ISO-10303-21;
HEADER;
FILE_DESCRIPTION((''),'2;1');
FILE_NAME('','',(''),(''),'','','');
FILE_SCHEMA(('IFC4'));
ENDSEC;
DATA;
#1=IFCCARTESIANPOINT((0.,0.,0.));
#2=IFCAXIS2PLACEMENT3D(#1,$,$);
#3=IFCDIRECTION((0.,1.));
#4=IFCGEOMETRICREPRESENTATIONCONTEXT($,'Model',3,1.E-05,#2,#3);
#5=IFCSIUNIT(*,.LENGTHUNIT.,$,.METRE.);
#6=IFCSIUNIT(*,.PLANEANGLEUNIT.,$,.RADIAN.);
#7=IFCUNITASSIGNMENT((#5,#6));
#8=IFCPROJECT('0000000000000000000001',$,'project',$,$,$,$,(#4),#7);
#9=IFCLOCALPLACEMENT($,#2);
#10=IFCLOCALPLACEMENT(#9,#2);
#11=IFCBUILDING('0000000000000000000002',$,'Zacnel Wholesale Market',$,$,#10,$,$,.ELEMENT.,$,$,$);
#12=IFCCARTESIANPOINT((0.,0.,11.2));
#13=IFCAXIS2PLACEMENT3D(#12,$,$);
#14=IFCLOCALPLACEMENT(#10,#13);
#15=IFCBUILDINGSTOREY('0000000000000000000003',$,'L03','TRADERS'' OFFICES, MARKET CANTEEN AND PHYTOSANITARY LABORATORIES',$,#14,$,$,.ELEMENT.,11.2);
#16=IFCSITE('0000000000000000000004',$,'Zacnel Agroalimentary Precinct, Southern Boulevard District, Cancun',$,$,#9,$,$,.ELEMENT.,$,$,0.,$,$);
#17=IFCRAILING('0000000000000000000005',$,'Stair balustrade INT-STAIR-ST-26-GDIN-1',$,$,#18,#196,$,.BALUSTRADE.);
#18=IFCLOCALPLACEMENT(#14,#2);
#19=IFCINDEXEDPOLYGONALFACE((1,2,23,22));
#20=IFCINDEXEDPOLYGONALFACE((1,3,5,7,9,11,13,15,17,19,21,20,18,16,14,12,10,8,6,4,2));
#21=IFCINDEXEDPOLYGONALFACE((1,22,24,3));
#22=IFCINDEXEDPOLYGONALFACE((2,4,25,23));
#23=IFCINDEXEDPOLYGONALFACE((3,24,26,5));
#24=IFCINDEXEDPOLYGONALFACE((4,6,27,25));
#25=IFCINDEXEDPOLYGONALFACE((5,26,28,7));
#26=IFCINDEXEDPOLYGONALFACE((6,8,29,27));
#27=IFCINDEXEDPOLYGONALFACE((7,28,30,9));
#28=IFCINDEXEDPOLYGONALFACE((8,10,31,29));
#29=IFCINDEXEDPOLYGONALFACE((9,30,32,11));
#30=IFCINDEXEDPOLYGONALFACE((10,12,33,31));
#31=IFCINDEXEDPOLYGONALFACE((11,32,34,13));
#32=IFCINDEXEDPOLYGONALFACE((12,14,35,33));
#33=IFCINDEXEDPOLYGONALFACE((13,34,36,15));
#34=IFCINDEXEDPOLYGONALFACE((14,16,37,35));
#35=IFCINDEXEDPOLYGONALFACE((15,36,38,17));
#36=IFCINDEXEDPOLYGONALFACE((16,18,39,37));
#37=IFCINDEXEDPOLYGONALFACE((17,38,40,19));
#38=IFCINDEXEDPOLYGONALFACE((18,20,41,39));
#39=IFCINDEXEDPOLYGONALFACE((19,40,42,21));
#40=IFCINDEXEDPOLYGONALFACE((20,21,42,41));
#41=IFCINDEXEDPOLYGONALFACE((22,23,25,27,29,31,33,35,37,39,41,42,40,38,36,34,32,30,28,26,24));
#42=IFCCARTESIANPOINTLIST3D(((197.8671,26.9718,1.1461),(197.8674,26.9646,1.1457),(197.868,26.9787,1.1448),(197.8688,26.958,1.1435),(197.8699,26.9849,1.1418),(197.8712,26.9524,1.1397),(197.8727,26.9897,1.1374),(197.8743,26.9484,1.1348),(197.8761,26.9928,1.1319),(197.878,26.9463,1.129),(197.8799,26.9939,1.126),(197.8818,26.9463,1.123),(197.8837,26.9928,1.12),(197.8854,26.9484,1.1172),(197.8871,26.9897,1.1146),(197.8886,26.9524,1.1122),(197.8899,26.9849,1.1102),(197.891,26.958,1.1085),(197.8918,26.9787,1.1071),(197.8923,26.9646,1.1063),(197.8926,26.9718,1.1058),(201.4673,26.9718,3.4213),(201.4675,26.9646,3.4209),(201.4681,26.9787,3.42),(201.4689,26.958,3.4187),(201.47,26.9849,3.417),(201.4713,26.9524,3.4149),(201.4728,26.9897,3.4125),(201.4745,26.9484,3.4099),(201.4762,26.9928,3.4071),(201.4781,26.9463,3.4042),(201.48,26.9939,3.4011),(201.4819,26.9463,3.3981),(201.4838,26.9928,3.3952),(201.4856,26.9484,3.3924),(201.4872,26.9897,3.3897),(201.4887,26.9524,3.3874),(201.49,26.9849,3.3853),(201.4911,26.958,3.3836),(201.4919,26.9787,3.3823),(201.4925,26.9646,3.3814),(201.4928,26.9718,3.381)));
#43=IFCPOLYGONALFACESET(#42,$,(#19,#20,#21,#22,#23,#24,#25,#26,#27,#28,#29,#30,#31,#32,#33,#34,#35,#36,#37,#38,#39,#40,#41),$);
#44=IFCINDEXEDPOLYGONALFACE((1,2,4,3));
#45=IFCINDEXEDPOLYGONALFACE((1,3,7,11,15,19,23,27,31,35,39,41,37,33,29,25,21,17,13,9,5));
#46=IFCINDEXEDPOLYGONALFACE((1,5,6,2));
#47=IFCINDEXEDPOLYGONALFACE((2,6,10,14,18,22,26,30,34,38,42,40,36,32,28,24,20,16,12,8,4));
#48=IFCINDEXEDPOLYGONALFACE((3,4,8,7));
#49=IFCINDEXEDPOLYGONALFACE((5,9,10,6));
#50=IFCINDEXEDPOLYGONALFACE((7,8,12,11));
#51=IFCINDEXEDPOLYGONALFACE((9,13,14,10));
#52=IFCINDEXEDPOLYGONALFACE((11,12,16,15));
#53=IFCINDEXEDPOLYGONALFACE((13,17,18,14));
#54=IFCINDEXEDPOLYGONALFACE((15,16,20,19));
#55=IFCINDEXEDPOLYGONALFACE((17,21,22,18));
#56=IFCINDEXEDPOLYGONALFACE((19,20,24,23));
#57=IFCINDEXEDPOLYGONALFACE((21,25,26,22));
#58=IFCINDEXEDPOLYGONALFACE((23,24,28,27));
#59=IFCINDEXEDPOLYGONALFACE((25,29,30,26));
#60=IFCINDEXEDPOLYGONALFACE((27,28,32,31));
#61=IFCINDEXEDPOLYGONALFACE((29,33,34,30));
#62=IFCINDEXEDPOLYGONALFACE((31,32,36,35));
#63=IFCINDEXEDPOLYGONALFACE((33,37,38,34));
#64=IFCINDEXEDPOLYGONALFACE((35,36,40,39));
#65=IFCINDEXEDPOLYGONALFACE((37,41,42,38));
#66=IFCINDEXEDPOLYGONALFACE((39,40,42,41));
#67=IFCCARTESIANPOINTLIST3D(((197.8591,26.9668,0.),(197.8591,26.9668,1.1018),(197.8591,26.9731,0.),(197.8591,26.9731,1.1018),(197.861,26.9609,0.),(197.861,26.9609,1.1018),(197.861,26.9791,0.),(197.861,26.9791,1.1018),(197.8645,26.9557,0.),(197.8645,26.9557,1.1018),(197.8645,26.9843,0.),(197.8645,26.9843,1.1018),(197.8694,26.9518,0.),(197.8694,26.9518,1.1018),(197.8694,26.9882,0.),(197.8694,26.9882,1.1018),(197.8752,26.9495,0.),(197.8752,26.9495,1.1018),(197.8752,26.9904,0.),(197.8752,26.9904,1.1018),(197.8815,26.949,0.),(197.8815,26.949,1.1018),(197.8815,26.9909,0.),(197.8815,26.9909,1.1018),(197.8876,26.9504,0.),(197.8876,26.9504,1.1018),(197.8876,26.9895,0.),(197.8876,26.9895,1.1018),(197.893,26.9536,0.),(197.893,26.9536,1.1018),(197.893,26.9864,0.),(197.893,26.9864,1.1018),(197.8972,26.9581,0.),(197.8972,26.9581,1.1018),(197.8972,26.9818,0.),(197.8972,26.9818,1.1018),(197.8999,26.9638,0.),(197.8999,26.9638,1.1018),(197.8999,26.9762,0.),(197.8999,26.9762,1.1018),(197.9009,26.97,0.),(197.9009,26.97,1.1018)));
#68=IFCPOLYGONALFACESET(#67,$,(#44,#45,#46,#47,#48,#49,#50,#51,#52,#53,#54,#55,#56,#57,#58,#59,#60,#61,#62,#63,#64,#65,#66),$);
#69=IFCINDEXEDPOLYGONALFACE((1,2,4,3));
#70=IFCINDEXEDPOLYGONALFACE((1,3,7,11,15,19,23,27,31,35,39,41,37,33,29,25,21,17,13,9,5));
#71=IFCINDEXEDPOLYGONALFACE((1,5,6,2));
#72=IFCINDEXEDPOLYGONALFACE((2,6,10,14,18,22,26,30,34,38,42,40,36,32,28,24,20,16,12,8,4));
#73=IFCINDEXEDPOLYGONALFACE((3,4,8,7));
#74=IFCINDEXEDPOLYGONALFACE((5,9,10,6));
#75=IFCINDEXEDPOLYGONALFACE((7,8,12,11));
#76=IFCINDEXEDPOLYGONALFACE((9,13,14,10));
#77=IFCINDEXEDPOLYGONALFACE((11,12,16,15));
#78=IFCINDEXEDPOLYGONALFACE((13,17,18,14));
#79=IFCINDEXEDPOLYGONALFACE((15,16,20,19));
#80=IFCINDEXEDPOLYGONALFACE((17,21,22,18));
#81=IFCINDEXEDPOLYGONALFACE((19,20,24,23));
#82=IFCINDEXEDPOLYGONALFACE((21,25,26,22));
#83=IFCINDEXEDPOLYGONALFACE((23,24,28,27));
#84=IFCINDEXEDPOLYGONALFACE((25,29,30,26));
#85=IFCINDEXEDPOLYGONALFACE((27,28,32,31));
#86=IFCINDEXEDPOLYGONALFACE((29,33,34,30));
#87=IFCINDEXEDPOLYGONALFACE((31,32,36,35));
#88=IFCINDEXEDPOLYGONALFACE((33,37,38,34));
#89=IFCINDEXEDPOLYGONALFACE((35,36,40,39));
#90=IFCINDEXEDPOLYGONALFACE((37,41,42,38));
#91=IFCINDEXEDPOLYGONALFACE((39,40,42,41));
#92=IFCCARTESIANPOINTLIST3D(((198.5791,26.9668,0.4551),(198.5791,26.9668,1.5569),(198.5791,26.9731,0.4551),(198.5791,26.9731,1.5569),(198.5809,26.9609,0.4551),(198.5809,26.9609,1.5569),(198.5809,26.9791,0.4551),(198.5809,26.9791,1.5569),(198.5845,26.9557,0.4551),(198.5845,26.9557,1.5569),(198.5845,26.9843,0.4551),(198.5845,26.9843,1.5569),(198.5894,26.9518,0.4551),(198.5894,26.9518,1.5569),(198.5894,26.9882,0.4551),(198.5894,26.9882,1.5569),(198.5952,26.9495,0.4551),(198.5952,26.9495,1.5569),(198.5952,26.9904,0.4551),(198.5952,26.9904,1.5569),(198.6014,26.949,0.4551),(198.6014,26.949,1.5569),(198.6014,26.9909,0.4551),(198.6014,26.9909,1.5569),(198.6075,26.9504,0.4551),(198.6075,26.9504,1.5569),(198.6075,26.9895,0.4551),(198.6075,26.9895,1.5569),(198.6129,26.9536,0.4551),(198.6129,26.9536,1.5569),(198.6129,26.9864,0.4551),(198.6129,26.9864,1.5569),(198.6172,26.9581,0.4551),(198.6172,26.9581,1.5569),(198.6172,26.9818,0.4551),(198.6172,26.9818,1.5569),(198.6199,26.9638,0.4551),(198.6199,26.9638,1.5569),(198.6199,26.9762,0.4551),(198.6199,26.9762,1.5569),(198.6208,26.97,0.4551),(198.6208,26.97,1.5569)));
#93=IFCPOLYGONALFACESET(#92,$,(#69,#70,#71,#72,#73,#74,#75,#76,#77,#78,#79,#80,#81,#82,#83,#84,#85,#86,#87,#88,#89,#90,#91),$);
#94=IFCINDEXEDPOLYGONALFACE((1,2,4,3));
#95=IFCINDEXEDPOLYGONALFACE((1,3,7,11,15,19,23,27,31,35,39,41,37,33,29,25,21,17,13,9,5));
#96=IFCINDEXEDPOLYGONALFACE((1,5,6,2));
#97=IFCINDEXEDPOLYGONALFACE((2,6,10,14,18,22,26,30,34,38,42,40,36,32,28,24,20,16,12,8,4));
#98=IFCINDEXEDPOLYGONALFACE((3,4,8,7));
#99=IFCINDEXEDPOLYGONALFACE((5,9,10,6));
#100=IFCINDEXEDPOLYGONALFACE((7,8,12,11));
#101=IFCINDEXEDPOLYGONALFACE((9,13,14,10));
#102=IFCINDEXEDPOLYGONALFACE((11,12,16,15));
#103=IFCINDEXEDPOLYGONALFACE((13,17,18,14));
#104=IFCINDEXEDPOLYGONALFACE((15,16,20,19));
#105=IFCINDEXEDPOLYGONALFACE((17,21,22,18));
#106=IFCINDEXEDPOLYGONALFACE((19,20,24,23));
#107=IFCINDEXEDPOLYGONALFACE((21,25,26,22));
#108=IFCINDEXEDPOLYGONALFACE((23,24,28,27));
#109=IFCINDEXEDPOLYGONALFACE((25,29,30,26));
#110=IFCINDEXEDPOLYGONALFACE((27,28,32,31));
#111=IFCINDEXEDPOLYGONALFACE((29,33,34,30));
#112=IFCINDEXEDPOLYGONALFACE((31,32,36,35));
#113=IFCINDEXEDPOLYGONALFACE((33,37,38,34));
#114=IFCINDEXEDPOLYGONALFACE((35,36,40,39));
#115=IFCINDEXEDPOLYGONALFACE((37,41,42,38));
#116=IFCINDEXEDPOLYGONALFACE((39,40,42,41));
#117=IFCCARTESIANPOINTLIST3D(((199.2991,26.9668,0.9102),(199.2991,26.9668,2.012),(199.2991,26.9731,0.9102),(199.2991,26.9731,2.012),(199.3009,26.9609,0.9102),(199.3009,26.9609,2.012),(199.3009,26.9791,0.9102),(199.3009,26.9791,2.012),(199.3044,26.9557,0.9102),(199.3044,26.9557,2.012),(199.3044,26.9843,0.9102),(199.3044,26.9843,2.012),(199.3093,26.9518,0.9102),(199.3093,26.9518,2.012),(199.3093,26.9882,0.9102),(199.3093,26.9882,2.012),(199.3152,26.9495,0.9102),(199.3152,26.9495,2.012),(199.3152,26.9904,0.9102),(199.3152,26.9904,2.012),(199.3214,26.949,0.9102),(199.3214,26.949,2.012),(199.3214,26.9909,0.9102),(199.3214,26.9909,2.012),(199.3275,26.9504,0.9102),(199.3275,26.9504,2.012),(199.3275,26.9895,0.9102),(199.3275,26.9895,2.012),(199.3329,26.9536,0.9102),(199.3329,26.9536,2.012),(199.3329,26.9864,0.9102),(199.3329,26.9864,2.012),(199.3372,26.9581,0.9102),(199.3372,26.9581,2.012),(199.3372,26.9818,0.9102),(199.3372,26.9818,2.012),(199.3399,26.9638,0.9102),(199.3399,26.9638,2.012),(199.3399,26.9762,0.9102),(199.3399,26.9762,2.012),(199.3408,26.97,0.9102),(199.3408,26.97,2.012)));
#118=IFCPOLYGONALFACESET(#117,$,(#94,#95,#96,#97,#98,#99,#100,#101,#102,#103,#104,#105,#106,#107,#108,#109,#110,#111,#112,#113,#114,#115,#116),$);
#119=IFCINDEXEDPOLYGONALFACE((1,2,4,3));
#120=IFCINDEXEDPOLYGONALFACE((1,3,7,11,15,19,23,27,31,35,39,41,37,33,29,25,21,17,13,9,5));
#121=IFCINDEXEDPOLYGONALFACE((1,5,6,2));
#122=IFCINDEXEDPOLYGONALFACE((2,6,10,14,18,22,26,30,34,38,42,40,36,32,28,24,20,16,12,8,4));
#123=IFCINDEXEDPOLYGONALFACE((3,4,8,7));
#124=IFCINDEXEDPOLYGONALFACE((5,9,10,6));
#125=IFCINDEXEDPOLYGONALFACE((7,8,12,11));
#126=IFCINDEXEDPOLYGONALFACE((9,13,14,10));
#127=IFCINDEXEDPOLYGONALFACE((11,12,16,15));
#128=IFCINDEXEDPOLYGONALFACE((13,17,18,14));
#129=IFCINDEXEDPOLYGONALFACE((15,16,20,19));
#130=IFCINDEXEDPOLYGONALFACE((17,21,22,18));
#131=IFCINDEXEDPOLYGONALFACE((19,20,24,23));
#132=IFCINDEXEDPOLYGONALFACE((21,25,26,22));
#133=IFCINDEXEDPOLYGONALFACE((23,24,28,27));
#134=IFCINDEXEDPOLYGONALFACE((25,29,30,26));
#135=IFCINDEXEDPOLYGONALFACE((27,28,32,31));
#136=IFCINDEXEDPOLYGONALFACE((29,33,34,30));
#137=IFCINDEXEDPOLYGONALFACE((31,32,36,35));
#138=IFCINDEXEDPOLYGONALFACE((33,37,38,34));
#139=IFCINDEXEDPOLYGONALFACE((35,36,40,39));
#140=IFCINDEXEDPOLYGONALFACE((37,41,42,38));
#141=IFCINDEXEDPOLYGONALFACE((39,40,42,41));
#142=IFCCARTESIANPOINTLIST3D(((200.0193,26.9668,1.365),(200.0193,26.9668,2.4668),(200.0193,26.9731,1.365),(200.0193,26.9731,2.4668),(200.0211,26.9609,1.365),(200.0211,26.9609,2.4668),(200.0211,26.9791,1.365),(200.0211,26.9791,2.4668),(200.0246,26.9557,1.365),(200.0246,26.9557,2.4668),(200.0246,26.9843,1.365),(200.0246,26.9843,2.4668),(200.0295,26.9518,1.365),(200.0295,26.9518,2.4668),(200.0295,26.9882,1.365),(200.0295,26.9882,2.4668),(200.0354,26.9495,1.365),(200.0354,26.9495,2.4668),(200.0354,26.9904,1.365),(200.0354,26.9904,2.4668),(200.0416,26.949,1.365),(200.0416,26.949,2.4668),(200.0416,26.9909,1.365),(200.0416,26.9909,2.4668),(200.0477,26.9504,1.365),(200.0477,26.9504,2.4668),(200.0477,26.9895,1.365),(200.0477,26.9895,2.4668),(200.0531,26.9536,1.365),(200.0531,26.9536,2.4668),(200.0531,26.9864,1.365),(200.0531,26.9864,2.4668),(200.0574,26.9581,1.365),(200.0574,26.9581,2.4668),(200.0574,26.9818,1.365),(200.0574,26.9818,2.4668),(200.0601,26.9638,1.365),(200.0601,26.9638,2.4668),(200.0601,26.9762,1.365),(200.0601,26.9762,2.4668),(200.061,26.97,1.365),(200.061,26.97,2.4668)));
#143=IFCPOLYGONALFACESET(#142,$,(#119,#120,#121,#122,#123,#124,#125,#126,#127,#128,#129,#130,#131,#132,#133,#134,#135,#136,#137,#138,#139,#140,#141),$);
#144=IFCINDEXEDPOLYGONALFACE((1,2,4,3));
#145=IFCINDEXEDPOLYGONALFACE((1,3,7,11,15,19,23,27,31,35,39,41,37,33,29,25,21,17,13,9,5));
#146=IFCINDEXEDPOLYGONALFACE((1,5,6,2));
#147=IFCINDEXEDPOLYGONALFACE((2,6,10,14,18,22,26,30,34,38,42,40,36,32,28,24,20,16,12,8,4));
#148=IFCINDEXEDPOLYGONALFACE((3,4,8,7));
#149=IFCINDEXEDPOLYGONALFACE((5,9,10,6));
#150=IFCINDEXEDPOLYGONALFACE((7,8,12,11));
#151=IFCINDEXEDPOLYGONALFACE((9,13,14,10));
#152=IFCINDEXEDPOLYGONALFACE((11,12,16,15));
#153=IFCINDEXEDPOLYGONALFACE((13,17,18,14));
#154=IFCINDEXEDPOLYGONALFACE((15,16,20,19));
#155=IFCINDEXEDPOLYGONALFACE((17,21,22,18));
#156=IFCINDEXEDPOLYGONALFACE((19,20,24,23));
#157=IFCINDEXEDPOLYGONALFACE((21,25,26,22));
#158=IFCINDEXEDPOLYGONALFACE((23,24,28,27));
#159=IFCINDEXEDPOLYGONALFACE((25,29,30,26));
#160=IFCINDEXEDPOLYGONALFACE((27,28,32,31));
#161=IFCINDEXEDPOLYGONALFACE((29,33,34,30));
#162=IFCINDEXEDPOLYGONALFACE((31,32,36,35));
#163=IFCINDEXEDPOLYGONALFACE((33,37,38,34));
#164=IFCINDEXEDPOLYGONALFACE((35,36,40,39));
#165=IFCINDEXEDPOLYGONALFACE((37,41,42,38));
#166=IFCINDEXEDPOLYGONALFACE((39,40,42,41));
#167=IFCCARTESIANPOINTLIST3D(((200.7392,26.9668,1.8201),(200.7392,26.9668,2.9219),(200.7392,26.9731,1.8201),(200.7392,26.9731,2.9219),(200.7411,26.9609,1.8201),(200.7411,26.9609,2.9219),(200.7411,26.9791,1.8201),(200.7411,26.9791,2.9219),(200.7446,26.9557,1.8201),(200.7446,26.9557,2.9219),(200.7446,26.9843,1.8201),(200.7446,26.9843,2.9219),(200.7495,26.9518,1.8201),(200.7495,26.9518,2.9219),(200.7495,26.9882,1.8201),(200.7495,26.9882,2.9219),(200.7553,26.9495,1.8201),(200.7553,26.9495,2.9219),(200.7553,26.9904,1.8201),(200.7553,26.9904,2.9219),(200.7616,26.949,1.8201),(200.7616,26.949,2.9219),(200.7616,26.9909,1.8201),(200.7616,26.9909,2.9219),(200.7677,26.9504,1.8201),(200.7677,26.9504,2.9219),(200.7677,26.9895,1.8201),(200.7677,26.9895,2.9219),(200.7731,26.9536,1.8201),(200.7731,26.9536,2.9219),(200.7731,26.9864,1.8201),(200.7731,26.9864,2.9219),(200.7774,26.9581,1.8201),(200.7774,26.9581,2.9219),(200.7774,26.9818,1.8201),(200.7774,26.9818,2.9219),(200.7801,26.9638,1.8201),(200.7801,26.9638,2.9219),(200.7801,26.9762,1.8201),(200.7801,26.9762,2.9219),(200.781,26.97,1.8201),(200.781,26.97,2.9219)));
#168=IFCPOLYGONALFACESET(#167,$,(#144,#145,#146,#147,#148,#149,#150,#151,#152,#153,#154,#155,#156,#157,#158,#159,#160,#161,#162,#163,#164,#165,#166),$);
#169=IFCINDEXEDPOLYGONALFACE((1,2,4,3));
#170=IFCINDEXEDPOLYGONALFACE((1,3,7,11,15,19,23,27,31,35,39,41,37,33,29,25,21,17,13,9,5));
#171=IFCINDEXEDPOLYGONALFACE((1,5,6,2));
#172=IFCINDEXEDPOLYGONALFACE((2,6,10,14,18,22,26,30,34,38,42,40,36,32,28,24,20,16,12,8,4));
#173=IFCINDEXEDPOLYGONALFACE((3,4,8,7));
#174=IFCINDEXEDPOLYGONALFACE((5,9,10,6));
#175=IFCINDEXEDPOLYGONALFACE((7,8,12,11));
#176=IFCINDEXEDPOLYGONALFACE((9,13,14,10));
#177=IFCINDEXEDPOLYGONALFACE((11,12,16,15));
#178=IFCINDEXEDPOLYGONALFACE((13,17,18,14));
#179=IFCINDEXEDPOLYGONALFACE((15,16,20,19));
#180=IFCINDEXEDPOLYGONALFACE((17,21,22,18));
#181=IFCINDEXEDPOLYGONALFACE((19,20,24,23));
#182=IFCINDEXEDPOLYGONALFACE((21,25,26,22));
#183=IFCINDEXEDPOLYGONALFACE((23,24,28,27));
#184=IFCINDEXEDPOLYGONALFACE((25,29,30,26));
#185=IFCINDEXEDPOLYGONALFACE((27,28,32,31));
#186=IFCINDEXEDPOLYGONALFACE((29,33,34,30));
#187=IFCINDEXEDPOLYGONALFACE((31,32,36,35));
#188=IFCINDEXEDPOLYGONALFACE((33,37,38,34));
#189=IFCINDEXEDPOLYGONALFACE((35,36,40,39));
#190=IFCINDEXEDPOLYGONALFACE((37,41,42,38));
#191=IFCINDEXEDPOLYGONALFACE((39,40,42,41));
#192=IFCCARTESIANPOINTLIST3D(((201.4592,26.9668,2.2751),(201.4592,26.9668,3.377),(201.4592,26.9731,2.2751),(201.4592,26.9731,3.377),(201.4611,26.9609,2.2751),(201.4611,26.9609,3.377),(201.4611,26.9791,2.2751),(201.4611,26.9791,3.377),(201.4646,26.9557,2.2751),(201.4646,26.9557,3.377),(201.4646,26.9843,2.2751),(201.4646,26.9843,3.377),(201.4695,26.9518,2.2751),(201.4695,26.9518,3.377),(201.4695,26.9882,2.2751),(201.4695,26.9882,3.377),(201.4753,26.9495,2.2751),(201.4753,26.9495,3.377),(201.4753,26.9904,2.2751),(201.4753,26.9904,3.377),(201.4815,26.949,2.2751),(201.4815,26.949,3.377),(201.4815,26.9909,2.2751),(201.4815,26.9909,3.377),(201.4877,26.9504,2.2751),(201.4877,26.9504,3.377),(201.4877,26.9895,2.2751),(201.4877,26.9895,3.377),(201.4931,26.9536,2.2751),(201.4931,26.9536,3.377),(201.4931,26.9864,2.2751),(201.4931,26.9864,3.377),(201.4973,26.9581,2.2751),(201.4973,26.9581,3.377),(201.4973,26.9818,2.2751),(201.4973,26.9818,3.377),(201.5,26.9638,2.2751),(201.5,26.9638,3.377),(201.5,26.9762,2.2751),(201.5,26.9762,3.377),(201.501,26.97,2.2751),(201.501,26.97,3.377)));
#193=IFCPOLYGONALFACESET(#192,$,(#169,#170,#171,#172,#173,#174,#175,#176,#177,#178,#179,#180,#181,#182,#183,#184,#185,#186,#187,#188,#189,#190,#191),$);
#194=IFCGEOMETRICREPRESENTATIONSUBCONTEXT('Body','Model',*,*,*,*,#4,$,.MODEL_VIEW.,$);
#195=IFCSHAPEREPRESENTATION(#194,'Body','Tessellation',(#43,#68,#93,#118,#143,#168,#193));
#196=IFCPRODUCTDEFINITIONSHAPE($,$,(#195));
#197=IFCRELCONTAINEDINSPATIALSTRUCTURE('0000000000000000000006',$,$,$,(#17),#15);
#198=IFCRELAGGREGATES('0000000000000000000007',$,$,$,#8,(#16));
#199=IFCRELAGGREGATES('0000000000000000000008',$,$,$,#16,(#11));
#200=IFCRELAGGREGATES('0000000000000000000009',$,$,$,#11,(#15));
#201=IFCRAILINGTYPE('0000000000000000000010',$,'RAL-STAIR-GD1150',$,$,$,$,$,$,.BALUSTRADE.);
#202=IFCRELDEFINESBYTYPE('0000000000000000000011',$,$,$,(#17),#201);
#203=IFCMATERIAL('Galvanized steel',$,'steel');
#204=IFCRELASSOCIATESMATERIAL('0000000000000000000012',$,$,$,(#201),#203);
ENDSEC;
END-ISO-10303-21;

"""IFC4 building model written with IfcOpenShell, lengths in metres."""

from ifc_helpers import new_model, si_unit, direction, frame, origin, origin_2d, place, context, subcontext, project, spatial, circle, extrude, material, type_object, element, save


model = new_model("IFC4")

# Units and contexts
model_context = context("Model", 3, precision=1e-05, world=origin(), true_north=direction((0.0, 1.0)))
body_context = subcontext(model_context, "Body", "Model", "MODEL_VIEW")
ifc_project = project(units=[si_unit("LENGTHUNIT", "METRE"), si_unit("PLANEANGLEUNIT", "RADIAN")], contexts=[model_context])

# Site, building, storey
site_placement = place(None, origin())
site = spatial("IfcSite", under=ifc_project, at=site_placement, Name="Zacnel Agroalimentary Precinct, Southern Boulevard District, Cancun", CompositionType="ELEMENT", RefElevation=0.0)
building_placement = place(site_placement, origin())
building = spatial("IfcBuilding", under=site, at=building_placement, Name="Zacnel Wholesale Market", CompositionType="ELEMENT")
storey_placement = place(building_placement, frame((0.0, 0.0, 11.2)))
storey = spatial("IfcBuildingStorey", under=building, at=storey_placement, Name="L03", Description="TRADERS' OFFICES, MARKET CANTEEN AND PHYTOSANITARY LABORATORIES", CompositionType="ELEMENT", Elevation=11.2)

# Railing
ifc_material_1 = material(Name="Galvanized steel", Category="steel")
railing_type_1 = type_object("IfcRailingType", Name="RAL-STAIR-GD1150", PredefinedType="BALUSTRADE", material=ifc_material_1)
railing_1_placement = place(storey_placement, frame((197.8799, 26.97, 0.0)))
element("IfcRailing", 1, at=railing_1_placement, inside=storey, type_object=railing_type_1, Name="Stair balustrade INT-STAIR-ST-26-GDIN-1", PredefinedType="BALUSTRADE", context=body_context, shape_type="SweptSolid", body=[
    extrude(circle(Radius=0.0239, at=origin_2d()), frame((0.0, 0.0, 1.126), z_axis=(0.84534, 0.0, 0.534228), x_axis=(0.0, 1.0, 0.0)), (0.0, 0.0, 1.0), 4.2588),
    extrude(circle(Radius=0.021, at=origin_2d()), origin(), (0.0, 0.0, 1.0), 1.1018),
    extrude(circle(Radius=0.021, at=origin_2d()), frame((0.72, 0.0, 0.4551)), (0.0, 0.0, 1.0), 1.1018),
    extrude(circle(Radius=0.021, at=origin_2d()), frame((1.4399, 0.0, 0.9102)), (0.0, 0.0, 1.0), 1.1018),
    extrude(circle(Radius=0.021, at=origin_2d()), frame((2.1602, 0.0, 1.365)), (0.0, 0.0, 1.0), 1.1018),
    extrude(circle(Radius=0.021, at=origin_2d()), frame((2.8801, 0.0, 1.8201)), (0.0, 0.0, 1.0), 1.1018),
    extrude(circle(Radius=0.021, at=origin_2d()), frame((3.6001, 0.0, 2.2751)), (0.0, 0.0, 1.0), 1.1018),
])

save(model, "model.ifc")
